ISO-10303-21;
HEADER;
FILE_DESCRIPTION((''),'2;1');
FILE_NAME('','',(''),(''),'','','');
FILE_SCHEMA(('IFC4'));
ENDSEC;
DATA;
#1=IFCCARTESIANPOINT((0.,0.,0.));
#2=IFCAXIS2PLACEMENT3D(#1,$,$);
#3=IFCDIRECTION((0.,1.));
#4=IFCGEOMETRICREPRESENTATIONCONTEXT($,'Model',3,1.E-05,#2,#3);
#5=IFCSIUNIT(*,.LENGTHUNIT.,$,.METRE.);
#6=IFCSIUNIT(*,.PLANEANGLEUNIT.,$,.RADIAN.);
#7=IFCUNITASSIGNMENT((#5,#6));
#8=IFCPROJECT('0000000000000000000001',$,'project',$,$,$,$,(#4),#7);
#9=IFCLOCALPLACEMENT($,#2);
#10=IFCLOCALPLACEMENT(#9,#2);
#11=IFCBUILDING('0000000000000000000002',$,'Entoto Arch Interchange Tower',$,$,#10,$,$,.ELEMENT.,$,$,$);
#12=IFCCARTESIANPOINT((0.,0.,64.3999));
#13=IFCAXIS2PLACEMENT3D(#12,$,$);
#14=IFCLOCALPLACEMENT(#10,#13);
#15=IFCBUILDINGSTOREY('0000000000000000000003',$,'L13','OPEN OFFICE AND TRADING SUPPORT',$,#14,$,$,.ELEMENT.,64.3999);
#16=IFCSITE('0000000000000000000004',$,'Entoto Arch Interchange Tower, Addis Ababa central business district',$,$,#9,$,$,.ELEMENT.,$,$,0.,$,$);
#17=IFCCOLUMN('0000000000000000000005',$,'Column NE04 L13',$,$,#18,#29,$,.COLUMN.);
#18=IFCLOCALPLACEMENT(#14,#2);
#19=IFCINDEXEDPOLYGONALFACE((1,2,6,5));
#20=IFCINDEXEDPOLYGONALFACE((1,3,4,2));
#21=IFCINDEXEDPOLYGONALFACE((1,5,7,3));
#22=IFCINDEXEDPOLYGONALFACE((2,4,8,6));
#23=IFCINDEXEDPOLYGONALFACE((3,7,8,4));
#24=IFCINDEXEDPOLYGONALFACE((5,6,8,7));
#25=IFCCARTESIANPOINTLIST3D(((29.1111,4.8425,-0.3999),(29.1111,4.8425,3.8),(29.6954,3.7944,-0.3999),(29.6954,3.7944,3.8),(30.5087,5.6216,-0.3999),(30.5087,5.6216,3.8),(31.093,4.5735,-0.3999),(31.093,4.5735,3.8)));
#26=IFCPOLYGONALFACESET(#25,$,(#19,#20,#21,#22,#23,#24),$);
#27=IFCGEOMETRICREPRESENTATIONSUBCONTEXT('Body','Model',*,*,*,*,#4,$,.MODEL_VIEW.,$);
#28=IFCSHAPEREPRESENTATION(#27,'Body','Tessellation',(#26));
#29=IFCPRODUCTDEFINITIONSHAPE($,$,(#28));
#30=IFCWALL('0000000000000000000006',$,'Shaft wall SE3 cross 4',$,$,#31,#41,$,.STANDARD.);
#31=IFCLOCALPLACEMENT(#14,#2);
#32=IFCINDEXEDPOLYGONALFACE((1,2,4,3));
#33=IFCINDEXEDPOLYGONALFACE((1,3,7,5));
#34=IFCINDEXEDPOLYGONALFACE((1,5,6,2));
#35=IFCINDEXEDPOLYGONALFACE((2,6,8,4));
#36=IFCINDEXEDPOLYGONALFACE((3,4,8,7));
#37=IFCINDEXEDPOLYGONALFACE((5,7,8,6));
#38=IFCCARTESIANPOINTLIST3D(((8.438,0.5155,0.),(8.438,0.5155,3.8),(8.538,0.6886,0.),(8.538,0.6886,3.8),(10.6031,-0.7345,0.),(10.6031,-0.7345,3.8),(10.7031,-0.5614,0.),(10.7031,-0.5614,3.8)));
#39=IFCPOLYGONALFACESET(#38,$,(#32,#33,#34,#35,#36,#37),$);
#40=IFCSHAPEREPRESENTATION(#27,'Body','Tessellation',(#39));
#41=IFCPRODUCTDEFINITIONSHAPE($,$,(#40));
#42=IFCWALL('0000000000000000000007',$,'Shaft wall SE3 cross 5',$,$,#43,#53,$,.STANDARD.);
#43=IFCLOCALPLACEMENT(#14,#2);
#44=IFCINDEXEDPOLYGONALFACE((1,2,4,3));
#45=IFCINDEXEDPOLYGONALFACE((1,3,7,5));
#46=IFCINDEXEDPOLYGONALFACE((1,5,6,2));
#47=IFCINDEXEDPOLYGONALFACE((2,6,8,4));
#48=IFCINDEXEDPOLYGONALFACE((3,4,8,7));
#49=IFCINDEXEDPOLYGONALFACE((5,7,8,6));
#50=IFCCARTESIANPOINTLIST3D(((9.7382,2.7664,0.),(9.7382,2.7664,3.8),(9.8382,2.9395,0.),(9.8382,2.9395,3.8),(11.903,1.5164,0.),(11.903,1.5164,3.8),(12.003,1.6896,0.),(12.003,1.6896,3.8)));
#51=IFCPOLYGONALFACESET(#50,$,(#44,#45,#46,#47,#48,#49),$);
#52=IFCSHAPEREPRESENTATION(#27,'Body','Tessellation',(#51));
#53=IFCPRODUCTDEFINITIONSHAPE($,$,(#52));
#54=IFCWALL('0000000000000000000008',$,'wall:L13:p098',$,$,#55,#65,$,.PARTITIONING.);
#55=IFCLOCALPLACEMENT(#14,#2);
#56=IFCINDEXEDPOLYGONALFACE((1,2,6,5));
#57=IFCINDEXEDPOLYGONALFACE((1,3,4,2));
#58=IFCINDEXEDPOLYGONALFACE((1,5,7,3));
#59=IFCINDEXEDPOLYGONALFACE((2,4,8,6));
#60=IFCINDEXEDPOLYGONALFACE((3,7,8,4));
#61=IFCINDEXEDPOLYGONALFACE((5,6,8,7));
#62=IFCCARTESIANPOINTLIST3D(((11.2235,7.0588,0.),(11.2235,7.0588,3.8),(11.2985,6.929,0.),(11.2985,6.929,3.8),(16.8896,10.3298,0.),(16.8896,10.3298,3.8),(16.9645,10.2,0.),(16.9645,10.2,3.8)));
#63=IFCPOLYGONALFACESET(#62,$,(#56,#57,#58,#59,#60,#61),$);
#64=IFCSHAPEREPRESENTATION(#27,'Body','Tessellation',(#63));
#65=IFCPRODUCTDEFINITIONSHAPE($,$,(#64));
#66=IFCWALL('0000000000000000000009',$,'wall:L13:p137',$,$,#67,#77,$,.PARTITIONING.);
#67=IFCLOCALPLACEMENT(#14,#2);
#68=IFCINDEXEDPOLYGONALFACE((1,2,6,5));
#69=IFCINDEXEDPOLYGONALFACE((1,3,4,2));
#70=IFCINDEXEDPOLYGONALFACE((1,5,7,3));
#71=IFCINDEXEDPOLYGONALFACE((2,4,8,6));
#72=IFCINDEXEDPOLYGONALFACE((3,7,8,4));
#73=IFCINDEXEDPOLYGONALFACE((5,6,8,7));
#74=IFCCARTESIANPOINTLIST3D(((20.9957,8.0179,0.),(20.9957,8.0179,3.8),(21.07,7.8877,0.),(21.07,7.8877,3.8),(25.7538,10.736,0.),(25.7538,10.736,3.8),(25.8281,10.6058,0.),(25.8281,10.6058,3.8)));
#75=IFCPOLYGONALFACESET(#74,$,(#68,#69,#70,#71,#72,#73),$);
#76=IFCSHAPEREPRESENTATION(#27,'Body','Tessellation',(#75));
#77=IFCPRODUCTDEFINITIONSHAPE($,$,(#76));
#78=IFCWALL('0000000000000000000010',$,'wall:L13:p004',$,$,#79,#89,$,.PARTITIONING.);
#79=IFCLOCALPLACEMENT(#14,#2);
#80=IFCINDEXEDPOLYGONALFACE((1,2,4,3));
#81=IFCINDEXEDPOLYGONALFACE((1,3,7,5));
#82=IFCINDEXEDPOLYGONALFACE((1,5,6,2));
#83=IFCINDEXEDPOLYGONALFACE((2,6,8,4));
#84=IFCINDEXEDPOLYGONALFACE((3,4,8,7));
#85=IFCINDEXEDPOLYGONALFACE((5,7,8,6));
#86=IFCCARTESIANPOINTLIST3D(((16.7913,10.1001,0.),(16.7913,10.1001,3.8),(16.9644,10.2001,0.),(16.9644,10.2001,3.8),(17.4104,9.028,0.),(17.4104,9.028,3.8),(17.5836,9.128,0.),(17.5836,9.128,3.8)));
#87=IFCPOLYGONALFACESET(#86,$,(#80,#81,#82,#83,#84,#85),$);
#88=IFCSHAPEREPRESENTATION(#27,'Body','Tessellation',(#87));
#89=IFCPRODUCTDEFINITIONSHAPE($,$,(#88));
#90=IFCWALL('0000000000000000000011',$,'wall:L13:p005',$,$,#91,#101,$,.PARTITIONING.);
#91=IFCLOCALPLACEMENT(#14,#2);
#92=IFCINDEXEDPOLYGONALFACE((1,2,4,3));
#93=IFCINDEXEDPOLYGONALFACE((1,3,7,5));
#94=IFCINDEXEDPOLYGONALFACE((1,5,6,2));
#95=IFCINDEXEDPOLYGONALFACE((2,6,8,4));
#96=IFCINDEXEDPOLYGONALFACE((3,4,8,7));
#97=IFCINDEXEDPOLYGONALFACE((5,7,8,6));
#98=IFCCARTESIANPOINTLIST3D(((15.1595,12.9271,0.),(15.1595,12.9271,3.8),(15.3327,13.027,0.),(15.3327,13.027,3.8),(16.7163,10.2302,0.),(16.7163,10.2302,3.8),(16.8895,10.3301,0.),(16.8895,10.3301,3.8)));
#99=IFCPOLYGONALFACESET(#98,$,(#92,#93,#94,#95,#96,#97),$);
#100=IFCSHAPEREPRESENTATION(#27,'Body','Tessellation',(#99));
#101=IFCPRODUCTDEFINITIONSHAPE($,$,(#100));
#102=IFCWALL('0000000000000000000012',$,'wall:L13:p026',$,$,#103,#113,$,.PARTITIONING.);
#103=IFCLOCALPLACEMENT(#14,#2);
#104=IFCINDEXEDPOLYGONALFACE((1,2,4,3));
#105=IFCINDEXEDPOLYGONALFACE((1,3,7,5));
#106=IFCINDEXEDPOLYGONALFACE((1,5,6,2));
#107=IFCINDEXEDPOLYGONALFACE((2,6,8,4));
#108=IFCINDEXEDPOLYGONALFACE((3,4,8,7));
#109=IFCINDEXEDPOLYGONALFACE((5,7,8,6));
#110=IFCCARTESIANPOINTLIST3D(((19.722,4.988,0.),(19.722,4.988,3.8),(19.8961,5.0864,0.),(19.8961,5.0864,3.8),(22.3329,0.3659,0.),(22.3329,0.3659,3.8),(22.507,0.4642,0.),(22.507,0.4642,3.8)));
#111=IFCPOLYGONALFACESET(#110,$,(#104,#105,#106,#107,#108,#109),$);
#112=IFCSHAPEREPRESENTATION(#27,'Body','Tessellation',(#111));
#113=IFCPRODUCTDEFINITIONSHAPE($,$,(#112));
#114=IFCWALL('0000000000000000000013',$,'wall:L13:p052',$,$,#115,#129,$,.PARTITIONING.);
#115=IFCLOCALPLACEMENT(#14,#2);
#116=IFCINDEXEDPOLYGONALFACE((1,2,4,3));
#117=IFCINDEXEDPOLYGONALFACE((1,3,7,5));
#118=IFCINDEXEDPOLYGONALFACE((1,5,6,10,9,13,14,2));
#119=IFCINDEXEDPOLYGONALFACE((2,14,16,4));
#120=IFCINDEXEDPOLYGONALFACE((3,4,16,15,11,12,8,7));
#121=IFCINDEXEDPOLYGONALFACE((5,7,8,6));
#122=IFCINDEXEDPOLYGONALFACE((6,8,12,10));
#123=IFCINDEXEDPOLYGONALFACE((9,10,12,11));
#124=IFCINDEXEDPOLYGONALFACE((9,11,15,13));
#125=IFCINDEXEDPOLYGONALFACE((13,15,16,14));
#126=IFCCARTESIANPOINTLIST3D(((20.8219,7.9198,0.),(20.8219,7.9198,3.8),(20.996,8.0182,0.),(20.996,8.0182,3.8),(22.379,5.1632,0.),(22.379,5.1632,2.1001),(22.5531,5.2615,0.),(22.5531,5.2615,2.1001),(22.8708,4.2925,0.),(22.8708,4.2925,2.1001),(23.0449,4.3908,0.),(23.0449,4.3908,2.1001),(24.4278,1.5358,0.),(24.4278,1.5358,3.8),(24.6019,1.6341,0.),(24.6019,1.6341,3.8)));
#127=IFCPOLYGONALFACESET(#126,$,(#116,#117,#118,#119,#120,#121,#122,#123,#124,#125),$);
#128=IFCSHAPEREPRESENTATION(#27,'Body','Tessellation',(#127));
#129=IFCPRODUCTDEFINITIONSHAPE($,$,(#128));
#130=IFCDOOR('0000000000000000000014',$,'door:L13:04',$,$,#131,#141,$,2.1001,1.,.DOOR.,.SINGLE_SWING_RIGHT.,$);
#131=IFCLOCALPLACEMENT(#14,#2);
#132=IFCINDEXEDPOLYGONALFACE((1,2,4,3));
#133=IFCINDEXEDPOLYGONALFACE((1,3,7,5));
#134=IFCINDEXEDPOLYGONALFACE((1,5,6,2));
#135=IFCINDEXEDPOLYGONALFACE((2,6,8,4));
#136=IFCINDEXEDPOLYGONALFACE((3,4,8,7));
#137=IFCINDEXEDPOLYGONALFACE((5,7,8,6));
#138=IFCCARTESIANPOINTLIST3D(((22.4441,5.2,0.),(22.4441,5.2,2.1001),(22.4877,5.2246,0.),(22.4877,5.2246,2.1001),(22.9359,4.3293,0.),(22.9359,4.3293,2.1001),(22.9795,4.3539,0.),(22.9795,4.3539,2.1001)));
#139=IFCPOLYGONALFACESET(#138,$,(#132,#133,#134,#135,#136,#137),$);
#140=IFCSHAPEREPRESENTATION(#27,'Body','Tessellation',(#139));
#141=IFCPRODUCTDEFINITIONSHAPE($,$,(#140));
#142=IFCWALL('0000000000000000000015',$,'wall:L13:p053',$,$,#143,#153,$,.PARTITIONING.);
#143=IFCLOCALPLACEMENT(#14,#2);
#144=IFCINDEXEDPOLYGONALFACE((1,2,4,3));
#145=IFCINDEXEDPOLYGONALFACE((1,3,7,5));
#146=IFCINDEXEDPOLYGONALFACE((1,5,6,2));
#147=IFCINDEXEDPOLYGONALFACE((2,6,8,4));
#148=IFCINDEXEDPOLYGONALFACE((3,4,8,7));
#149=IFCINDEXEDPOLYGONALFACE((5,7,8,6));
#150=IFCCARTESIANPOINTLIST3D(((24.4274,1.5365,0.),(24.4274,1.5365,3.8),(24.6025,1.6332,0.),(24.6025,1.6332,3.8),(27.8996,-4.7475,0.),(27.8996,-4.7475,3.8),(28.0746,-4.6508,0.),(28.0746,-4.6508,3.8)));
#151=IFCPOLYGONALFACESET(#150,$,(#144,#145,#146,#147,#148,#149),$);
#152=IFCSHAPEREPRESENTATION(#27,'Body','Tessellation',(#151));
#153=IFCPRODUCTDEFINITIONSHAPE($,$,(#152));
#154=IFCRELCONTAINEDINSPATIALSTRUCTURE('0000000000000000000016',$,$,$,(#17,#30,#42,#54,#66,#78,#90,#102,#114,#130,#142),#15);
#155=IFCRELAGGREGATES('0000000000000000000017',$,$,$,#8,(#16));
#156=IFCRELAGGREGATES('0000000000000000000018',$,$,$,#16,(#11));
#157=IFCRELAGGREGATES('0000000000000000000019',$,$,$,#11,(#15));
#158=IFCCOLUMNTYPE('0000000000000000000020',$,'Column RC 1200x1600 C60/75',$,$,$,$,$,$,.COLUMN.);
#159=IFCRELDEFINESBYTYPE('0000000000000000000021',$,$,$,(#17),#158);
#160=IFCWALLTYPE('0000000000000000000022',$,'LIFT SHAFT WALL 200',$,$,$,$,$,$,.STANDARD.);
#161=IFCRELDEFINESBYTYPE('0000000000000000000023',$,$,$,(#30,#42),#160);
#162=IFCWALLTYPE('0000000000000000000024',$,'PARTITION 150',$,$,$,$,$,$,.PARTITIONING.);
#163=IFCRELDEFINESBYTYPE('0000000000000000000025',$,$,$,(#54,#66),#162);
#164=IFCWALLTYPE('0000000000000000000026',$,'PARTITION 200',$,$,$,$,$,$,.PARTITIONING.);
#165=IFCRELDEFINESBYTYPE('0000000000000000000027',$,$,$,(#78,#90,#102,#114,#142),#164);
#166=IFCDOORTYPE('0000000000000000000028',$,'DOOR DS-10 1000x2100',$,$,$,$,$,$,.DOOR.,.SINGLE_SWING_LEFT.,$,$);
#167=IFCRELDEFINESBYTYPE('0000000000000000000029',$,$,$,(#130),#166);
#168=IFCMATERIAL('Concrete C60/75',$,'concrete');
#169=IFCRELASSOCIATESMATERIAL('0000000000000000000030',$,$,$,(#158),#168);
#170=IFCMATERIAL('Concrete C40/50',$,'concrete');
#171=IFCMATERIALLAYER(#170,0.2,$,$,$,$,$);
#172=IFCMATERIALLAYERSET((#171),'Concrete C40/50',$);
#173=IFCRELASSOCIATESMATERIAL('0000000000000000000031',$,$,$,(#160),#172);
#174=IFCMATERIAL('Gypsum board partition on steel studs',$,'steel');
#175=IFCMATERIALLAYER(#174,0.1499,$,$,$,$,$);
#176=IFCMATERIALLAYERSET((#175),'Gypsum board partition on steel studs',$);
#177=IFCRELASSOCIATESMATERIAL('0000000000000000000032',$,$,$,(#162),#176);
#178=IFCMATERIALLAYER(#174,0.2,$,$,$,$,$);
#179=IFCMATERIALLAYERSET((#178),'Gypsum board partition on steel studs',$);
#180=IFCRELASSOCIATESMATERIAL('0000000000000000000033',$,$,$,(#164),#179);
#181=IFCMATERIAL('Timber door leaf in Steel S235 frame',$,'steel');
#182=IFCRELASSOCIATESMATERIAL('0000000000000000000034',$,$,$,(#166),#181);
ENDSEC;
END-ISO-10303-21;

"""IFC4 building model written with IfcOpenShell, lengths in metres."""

from ifc_helpers import new_model, si_unit, direction, frame, frame_2d, origin, origin_2d, place, context, subcontext, project, spatial, rectangle, extrude, material, layer, layer_set, material_profile, profile_set, type_object, element, fill, save


model = new_model("IFC4")

# Units and contexts
model_context = context("Model", 3, precision=1e-05, world=origin(), true_north=direction((0.0, 1.0)))
body_context = subcontext(model_context, "Body", "Model", "MODEL_VIEW")
ifc_project = project(units=[si_unit("LENGTHUNIT", "METRE"), si_unit("PLANEANGLEUNIT", "RADIAN")], contexts=[model_context])

# Site, building, storey
site_placement = place(None, origin())
site = spatial("IfcSite", under=ifc_project, at=site_placement, Name="Entoto Arch Interchange Tower, Addis Ababa central business district", CompositionType="ELEMENT", RefElevation=0.0)
building_placement = place(site_placement, origin())
building = spatial("IfcBuilding", under=site, at=building_placement, Name="Entoto Arch Interchange Tower", CompositionType="ELEMENT")
storey_placement = place(building_placement, frame((0.0, 0.0, 64.3999)))
storey = spatial("IfcBuildingStorey", under=building, at=storey_placement, Name="L13", Description="OPEN OFFICE AND TRADING SUPPORT", CompositionType="ELEMENT", Elevation=64.3999)

# Column
ifc_material_1 = material(Name="Concrete C60/75", Category="concrete")
ifc_material_profile = material_profile(ifc_material_1, rectangle(XDim=1.2, YDim=1.6001, at=origin_2d()))
ifc_profile_set = profile_set([ifc_material_profile], Name="Concrete C60/75")
column_type = type_object("IfcColumnType", Name="Column RC 1200x1600 C60/75", PredefinedType="COLUMN", material=ifc_profile_set)
column_placement = place(storey_placement, frame((30.1021, 4.708, -0.3999), z_axis=(0.0, 0.0, 1.0), x_axis=(-0.486915, 0.873449, 0.0)))
element("IfcColumn", 1, at=column_placement, inside=storey, type_object=column_type, Name="Column NE04 L13", PredefinedType="COLUMN", context=body_context, shape_type="SweptSolid", body=[
    extrude(rectangle(XDim=1.2, YDim=1.6001, at=origin_2d()), origin(), (0.0, 0.0, 1.0), 4.2),
])

# Walls
ifc_material_2 = material(Name="Concrete C40/50", Category="concrete")
ifc_layer_1 = layer(ifc_material_2, 0.2)
ifc_layer_set_1 = layer_set([ifc_layer_1], Name="Concrete C40/50")
wall_type_1 = type_object("IfcWallType", Name="LIFT SHAFT WALL 200", PredefinedType="STANDARD", material=ifc_layer_set_1)
wall_1_placement = place(storey_placement, frame((8.488, 0.6021, 0.0), z_axis=(0.0, 0.0, 1.0), x_axis=(0.866023, -0.500004, 0.0)))
element("IfcWall", 2, at=wall_1_placement, inside=storey, type_object=wall_type_1, Name="Shaft wall SE3 cross 4", PredefinedType="STANDARD", context=body_context, shape_type="SweptSolid", body=[
    extrude(rectangle(XDim=2.5, YDim=0.2, at=frame_2d((1.25, 0.0))), origin(), (0.0, 0.0, 1.0), 3.8),
])
wall_2_placement = place(storey_placement, frame((9.7881, 2.853, 0.0), z_axis=(0.0, 0.0, 1.0), x_axis=(0.865999, -0.500047, 0.0)))
element("IfcWall", 3, at=wall_2_placement, inside=storey, type_object=wall_type_1, Name="Shaft wall SE3 cross 5", PredefinedType="STANDARD", context=body_context, shape_type="SweptSolid", body=[
    extrude(rectangle(XDim=2.4998, YDim=0.2, at=frame_2d((1.25, 0.0))), origin(), (0.0, 0.0, 1.0), 3.8),
])
ifc_material_3 = material(Name="Gypsum board partition on steel studs", Category="steel")
ifc_layer_2 = layer(ifc_material_3, 0.1499)
ifc_layer_set_2 = layer_set([ifc_layer_2], Name="Gypsum board partition on steel studs")
wall_type_2 = type_object("IfcWallType", Name="PARTITION 150", PredefinedType="PARTITIONING", material=ifc_layer_set_2)
wall_3_placement = place(storey_placement, frame((11.261, 6.9939, 0.0), z_axis=(0.0, 0.0, 1.0), x_axis=(0.866044, 0.499968, 0.0)))
element("IfcWall", 4, at=wall_3_placement, inside=storey, type_object=wall_type_2, Name="wall:L13:p098", PredefinedType="PARTITIONING", context=body_context, shape_type="SweptSolid", body=[
    extrude(rectangle(XDim=6.5425, YDim=0.1499, at=frame_2d((3.2712, 0.0))), origin(), (0.0, 0.0, 1.0), 3.8),
])
wall_4_placement = place(storey_placement, frame((21.033, 7.9529, 0.0), z_axis=(0.0, 0.0, 1.0), x_axis=(0.868312, 0.496019, 0.0)))
element("IfcWall", 5, at=wall_4_placement, inside=storey, type_object=wall_type_2, Name="wall:L13:p137", PredefinedType="PARTITIONING", context=body_context, shape_type="SweptSolid", body=[
    extrude(rectangle(XDim=5.4797, YDim=0.1499, at=frame_2d((2.7397, 0.0))), origin(), (0.0, 0.0, 1.0), 3.8),
])
ifc_layer_3 = layer(ifc_material_3, 0.2)
ifc_layer_set_3 = layer_set([ifc_layer_3], Name="Gypsum board partition on steel studs")
wall_type_3 = type_object("IfcWallType", Name="PARTITION 200", PredefinedType="PARTITIONING", material=ifc_layer_set_3)
wall_5_placement = place(storey_placement, frame((17.4971, 9.0779, 0.0), z_axis=(0.0, 0.0, 1.0), x_axis=(-0.500126, 0.865952, 0.0)))
element("IfcWall", 6, at=wall_5_placement, inside=storey, type_object=wall_type_3, Name="wall:L13:p004", PredefinedType="PARTITIONING", context=body_context, shape_type="SweptSolid", body=[
    extrude(rectangle(XDim=1.238, YDim=0.2, at=frame_2d((0.6191, 0.0))), origin(), (0.0, 0.0, 1.0), 3.8),
])
wall_6_placement = place(storey_placement, frame((16.803, 10.28, 0.0), z_axis=(0.0, 0.0, 1.0), x_axis=(-0.499942, 0.866059, 0.0)))
element("IfcWall", 7, at=wall_6_placement, inside=storey, type_object=wall_type_3, Name="wall:L13:p005", PredefinedType="PARTITIONING", context=body_context, shape_type="SweptSolid", body=[
    extrude(rectangle(XDim=3.114, YDim=0.2, at=frame_2d((1.5571, 0.0))), origin(), (0.0, 0.0, 1.0), 3.8),
])
wall_7_placement = place(storey_placement, frame((22.4199, 0.415, 0.0), z_axis=(0.0, 0.0, 1.0), x_axis=(-0.491824, 0.870695, 0.0)))
element("IfcWall", 8, at=wall_7_placement, inside=storey, type_object=wall_type_3, Name="wall:L13:p026", PredefinedType="PARTITIONING", context=body_context, shape_type="SweptSolid", body=[
    extrude(rectangle(XDim=5.3086, YDim=0.2, at=frame_2d((2.6543, 0.0))), origin(), (0.0, 0.0, 1.0), 3.8),
])

# Wall, opening, door
wall_8_placement = place(storey_placement, frame((20.9089, 7.969, 0.0), z_axis=(0.0, 0.0, 1.0), x_axis=(0.491808, -0.870704, 0.0)))
wall_8 = element("IfcWall", 9, at=wall_8_placement, inside=storey, type_object=wall_type_3, Name="wall:L13:p052", PredefinedType="PARTITIONING", context=body_context, shape_type="SweptSolid", body=[
    extrude(rectangle(XDim=7.332, YDim=0.2, at=frame_2d((3.666, 0.0))), origin(), (0.0, 0.0, 1.0), 3.8),
])
opening_1_placement = place(wall_8_placement, frame((3.166, 0.0, 0.0)))
opening_1 = element("IfcOpeningElement", 10, at=opening_1_placement, cuts=wall_8, PredefinedType="OPENING", context=body_context, shape_type="SweptSolid", body=[
    extrude(rectangle(XDim=1.0, YDim=2.1001, at=frame_2d((0.5, 1.05))), frame((0.0, 0.1099, 0.0), z_axis=(0.0, -1.0, 0.0), x_axis=(1.0, 0.0, 0.0)), (0.0, 0.0, 1.0), 0.22),
])
ifc_material_4 = material(Name="Timber door leaf in Steel S235 frame", Category="steel")
door_type = type_object("IfcDoorType", Name="DOOR DS-10 1000x2100", OperationType="SINGLE_SWING_LEFT", PredefinedType="DOOR", material=ifc_material_4)
door_1_placement = place(opening_1_placement, origin())
door_1 = element("IfcDoor", 11, at=door_1_placement, inside=storey, type_object=door_type, Name="door:L13:04", OperationType="SINGLE_SWING_RIGHT", OverallHeight=2.1001, OverallWidth=1.0, PredefinedType="DOOR", context=body_context, shape_type="SweptSolid", body=[
    extrude(rectangle(XDim=1.0, YDim=2.1001, at=frame_2d((0.5, 1.05))), frame((0.0, 0.0249, 0.0), z_axis=(0.0, -1.0, 0.0), x_axis=(1.0, 0.0, 0.0)), (0.0, 0.0, 1.0), 0.05),
])
fill(opening_1, door_1)

# Wall
wall_9_placement = place(storey_placement, frame((24.5149, 1.585, 0.0), z_axis=(0.0, 0.0, 1.0), x_axis=(0.483629, -0.875273, 0.0)))
element("IfcWall", 12, at=wall_9_placement, inside=storey, type_object=wall_type_3, Name="wall:L13:p053", PredefinedType="PARTITIONING", context=body_context, shape_type="SweptSolid", body=[
    extrude(rectangle(XDim=7.1794, YDim=0.2, at=frame_2d((3.5898, 0.0))), origin(), (0.0, 0.0, 1.0), 3.8),
])

save(model, "model.ifc")
